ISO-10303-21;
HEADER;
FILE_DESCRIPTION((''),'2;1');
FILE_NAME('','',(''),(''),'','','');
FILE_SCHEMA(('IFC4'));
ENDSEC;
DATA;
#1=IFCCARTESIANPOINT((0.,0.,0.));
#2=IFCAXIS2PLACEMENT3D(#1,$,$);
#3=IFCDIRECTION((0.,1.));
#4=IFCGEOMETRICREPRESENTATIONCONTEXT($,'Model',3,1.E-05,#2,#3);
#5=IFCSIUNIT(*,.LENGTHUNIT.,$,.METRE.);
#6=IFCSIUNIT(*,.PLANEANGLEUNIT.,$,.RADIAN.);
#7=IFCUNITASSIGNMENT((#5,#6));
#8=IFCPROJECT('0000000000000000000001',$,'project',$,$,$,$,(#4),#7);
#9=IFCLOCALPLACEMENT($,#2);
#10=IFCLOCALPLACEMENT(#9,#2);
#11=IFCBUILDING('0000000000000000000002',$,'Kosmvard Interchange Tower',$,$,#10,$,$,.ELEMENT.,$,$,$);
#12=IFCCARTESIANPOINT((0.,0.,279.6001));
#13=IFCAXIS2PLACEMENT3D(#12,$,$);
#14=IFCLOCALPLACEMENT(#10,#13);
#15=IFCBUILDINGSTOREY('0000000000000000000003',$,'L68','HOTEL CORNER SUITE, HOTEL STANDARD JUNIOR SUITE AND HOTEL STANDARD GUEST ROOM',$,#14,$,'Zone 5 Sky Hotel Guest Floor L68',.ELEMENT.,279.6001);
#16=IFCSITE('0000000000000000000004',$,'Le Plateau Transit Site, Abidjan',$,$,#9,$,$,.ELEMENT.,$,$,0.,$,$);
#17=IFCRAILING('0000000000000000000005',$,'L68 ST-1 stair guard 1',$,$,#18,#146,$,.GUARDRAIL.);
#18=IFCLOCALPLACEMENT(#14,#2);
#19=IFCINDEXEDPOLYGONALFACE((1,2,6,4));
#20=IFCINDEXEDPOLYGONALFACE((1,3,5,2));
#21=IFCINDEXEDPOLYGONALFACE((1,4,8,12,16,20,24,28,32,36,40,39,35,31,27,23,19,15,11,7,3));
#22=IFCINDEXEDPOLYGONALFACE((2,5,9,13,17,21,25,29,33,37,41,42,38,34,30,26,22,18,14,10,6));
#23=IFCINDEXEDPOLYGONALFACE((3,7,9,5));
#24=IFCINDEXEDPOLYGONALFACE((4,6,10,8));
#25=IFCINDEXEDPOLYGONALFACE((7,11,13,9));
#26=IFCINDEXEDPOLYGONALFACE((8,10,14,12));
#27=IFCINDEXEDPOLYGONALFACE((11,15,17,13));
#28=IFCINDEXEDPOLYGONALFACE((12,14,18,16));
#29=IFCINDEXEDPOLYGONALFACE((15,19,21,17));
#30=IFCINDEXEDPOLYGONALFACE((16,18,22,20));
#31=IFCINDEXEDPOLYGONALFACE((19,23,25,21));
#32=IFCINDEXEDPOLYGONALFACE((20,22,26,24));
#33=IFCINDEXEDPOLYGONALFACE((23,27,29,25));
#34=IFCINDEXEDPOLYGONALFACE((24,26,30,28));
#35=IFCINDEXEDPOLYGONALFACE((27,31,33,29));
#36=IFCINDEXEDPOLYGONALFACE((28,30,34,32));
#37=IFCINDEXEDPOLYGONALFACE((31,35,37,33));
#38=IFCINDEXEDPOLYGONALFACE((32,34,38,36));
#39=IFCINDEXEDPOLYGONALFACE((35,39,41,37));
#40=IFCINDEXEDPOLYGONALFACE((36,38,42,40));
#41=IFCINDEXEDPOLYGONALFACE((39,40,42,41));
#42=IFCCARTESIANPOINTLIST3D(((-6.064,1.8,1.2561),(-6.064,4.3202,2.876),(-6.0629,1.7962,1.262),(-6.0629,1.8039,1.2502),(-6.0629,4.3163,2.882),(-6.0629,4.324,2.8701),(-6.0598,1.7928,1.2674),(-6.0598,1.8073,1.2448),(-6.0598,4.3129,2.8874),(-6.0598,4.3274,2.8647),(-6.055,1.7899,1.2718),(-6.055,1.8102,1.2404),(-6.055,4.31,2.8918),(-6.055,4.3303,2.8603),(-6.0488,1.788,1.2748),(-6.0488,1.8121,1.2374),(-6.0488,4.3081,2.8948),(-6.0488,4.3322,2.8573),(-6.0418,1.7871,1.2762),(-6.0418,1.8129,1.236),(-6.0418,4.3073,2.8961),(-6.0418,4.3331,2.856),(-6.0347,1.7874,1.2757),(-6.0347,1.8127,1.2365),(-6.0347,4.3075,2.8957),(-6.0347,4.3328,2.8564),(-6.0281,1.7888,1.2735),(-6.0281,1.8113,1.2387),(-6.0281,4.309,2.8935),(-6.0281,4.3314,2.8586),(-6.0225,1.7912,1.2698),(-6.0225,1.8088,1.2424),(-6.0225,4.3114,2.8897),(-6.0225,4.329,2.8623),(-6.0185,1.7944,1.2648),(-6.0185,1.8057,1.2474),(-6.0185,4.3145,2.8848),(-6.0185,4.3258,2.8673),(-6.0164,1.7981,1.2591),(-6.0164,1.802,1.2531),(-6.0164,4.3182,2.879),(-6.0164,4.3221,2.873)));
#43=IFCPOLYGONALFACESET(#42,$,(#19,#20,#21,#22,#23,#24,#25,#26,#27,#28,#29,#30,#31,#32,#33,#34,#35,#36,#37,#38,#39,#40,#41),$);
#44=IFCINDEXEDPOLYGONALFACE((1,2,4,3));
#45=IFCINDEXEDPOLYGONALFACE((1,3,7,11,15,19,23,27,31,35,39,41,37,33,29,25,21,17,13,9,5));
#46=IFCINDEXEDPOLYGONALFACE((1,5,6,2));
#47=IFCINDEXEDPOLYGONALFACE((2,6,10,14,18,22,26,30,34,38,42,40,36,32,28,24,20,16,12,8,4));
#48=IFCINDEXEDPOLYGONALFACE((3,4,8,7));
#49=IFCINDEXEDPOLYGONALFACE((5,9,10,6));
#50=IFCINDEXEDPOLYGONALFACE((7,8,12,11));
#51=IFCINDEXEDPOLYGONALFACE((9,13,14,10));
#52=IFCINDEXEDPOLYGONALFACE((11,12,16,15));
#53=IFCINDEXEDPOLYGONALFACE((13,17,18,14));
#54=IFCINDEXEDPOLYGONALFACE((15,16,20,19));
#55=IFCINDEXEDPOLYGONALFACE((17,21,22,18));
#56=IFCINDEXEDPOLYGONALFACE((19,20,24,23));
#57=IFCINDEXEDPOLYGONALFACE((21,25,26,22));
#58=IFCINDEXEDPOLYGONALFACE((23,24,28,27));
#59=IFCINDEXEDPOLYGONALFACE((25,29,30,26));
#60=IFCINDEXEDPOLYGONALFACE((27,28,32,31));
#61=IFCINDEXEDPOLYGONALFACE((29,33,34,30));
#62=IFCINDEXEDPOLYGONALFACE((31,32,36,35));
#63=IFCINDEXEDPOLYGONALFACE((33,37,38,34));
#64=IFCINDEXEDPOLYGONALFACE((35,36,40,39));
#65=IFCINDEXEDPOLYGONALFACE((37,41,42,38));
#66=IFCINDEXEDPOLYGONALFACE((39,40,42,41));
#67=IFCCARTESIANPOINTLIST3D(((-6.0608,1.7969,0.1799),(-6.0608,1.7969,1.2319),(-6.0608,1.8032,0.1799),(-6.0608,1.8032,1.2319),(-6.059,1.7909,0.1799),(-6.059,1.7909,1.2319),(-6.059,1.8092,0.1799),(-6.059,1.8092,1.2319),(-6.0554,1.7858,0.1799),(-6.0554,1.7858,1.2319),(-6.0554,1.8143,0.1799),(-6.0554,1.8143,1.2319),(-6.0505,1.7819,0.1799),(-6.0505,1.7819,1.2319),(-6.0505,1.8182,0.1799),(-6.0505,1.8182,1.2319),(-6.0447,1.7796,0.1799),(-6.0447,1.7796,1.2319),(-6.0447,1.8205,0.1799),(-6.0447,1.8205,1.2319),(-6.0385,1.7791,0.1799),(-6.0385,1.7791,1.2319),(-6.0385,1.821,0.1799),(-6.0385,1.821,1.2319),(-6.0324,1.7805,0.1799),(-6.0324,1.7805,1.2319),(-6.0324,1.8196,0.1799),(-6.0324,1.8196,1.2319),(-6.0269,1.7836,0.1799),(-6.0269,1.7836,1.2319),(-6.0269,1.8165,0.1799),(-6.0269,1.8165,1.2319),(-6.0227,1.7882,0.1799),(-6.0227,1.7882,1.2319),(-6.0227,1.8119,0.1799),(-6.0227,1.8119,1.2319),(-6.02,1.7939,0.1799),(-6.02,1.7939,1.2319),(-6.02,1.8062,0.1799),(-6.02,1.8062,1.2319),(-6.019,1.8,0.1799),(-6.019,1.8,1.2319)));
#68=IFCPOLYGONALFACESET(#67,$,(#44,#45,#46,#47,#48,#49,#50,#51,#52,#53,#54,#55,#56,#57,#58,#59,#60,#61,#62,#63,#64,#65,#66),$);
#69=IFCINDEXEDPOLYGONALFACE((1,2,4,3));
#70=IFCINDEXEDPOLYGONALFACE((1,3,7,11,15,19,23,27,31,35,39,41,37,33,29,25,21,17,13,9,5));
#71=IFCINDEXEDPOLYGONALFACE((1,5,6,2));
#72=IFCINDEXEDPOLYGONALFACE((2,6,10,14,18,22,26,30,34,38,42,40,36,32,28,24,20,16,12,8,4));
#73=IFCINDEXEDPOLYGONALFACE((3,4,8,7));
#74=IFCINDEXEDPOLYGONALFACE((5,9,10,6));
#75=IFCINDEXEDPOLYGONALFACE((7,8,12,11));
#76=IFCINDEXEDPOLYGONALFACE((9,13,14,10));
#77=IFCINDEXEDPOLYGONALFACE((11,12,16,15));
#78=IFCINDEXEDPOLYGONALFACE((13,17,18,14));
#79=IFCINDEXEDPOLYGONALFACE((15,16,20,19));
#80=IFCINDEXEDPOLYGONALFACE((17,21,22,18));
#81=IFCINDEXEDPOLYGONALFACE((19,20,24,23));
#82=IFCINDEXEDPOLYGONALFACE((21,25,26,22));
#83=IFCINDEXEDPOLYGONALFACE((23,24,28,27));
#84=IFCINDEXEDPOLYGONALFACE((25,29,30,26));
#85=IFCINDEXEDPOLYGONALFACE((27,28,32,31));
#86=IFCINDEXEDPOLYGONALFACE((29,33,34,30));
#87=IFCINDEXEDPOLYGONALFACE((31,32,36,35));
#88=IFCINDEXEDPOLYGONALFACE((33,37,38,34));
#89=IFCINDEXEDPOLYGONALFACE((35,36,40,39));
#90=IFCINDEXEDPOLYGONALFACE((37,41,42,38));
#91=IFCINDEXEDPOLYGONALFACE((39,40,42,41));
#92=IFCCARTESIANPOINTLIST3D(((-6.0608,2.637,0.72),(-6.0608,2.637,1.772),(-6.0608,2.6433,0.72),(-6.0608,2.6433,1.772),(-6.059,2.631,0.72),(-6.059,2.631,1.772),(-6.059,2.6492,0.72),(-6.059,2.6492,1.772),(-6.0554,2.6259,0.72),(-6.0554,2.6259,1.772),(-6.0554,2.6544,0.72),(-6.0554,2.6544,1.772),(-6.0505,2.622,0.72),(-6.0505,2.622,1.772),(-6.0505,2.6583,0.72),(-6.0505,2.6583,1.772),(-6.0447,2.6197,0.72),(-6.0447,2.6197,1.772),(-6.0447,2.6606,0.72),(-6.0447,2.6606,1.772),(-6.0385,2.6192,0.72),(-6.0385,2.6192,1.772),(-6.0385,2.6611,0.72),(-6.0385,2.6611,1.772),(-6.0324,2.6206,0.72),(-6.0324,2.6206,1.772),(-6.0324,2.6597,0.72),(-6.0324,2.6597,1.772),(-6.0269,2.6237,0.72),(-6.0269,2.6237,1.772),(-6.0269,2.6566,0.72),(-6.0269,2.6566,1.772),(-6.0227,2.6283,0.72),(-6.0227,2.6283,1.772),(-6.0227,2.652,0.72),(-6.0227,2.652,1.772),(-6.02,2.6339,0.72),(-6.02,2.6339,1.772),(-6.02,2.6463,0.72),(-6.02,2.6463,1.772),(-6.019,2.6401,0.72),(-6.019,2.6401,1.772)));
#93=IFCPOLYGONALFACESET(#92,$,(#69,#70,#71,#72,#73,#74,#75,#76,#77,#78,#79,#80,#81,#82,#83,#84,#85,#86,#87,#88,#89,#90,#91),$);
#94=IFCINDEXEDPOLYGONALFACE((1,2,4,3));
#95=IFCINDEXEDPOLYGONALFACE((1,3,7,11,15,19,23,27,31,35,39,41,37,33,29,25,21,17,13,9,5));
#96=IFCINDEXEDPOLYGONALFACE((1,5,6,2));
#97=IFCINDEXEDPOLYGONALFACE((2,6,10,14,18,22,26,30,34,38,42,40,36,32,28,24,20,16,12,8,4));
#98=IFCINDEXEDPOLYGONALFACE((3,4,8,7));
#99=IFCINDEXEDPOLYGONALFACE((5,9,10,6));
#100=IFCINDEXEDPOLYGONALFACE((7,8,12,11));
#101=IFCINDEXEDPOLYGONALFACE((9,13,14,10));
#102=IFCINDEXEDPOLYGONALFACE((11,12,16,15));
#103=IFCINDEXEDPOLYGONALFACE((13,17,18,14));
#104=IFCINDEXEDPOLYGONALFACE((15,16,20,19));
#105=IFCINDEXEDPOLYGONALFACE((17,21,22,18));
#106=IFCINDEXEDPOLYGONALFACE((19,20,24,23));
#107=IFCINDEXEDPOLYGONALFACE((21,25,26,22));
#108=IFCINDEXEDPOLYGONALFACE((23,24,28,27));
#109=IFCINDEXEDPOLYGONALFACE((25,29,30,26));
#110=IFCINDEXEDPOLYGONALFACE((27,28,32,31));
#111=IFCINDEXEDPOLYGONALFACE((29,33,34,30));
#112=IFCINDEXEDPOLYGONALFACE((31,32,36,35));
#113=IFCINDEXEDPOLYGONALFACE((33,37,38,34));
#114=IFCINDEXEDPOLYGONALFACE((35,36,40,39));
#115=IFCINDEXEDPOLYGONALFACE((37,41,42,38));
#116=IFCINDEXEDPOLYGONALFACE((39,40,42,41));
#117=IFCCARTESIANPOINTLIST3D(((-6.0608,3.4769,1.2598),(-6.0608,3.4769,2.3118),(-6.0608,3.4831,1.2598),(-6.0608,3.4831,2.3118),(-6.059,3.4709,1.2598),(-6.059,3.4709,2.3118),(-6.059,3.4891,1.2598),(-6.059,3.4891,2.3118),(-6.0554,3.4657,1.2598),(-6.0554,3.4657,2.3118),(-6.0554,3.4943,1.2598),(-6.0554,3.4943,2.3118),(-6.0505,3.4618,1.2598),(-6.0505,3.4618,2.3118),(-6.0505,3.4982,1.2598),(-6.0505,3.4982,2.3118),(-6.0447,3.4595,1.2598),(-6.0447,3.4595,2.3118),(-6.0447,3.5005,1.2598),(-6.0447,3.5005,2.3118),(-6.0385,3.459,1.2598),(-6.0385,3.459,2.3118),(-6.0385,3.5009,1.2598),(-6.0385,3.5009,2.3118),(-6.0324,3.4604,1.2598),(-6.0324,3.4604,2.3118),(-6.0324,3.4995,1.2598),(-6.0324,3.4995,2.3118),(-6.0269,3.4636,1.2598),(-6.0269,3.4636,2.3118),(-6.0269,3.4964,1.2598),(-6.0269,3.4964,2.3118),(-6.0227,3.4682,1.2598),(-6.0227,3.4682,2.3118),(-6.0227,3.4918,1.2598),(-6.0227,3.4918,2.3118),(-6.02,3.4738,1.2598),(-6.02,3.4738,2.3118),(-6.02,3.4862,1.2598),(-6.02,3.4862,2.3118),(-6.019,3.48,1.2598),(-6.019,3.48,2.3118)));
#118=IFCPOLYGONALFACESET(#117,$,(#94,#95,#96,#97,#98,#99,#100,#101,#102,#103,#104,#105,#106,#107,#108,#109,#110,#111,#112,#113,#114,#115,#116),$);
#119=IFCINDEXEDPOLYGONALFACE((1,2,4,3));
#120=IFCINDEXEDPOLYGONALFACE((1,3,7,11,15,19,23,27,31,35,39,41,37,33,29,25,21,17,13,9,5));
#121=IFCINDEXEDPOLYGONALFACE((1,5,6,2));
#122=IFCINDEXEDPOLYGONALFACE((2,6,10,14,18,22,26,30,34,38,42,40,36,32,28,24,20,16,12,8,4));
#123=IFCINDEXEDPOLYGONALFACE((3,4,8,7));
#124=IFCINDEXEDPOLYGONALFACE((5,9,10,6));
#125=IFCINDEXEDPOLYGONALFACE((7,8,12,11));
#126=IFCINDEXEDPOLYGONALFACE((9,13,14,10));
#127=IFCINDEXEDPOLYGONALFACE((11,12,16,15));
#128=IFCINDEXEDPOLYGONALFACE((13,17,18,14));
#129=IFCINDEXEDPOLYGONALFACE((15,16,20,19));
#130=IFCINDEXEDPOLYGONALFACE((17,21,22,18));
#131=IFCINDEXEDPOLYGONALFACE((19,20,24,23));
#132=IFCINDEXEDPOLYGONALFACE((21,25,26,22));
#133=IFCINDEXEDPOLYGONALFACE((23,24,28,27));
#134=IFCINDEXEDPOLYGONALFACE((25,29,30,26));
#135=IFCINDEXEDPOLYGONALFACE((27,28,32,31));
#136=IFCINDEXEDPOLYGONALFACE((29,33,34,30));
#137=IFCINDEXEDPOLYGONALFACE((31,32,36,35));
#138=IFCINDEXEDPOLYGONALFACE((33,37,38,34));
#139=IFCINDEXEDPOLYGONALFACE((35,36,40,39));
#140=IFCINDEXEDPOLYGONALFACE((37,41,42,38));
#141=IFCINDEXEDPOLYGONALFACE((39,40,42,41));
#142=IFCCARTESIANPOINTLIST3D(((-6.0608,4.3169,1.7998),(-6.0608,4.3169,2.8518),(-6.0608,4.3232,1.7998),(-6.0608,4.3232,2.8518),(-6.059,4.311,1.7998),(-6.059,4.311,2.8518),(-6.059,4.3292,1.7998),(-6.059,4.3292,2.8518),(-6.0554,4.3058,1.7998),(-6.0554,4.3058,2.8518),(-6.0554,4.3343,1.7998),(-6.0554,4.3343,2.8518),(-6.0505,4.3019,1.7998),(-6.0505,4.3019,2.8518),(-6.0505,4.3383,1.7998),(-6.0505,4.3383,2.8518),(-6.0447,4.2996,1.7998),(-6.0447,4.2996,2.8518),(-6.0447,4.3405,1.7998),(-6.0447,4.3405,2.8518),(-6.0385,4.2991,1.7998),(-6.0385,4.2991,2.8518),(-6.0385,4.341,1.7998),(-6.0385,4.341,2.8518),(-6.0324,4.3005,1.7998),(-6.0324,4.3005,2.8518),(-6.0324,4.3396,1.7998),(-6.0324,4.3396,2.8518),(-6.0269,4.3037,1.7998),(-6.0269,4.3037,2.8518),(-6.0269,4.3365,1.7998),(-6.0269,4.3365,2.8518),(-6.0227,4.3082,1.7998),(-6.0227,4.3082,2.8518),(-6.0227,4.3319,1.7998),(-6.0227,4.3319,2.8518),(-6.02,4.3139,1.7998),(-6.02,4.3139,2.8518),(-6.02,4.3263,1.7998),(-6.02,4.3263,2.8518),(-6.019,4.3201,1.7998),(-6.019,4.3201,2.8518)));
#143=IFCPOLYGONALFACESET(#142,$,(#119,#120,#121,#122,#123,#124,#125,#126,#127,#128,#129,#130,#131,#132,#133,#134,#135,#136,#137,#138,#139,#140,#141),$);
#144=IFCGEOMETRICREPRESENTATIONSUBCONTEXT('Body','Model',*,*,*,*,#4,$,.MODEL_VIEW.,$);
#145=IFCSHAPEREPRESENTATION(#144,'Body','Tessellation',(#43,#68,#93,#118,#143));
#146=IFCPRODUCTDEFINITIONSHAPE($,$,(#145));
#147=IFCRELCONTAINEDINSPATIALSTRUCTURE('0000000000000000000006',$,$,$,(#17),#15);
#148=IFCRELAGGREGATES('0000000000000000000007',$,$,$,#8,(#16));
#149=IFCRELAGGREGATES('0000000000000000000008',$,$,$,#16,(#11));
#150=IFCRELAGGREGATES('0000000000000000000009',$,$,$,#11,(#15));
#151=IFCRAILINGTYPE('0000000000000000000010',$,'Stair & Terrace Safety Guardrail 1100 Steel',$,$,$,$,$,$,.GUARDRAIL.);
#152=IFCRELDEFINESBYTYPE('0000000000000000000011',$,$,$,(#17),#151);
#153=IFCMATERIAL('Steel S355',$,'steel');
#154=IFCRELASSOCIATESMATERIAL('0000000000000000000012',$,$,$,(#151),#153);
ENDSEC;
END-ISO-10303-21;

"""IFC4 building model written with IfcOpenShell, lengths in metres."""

from ifc_helpers import new_model, si_unit, direction, frame, origin, origin_2d, place, context, subcontext, project, spatial, circle, extrude, source, transform, mapped, material, type_object, element, save


model = new_model("IFC4")

# Units and contexts
model_context = context("Model", 3, precision=1e-05, world=origin(), true_north=direction((0.0, 1.0)))
body_context = subcontext(model_context, "Body", "Model", "MODEL_VIEW")
ifc_project = project(units=[si_unit("LENGTHUNIT", "METRE"), si_unit("PLANEANGLEUNIT", "RADIAN")], contexts=[model_context])

# Site, building, storey
site_placement = place(None, origin())
site = spatial("IfcSite", under=ifc_project, at=site_placement, Name="Le Plateau Transit Site, Abidjan", CompositionType="ELEMENT", RefElevation=0.0)
building_placement = place(site_placement, origin())
building = spatial("IfcBuilding", under=site, at=building_placement, Name="Kosmvard Interchange Tower", CompositionType="ELEMENT")
storey_placement = place(building_placement, frame((0.0, 0.0, 279.6001)))
storey = spatial("IfcBuildingStorey", under=building, at=storey_placement, Name="L68", Description="HOTEL CORNER SUITE, HOTEL STANDARD JUNIOR SUITE AND HOTEL STANDARD GUEST ROOM", LongName="Zone 5 Sky Hotel Guest Floor L68", CompositionType="ELEMENT", Elevation=279.6001)

# Shared definitions
ifc_material_1 = material(Name="Steel S355", Category="steel")

# Railing
railing_type_1 = type_object("IfcRailingType", Name="Stair & Terrace Safety Guardrail 1100 Steel", PredefinedType="GUARDRAIL", material=ifc_material_1)
shared_shape_1 = source(origin(), body_context, "Body", "SweptSolid", [
    extrude(circle(Radius=0.0239, at=origin_2d()), frame((0.0, 0.0, 1.0762), z_axis=(0.0, 0.8412, 0.540725), x_axis=(-1.0, 0.0, 0.0)), (0.0, 0.0, 1.0), 2.9958),
    extrude(circle(Radius=0.021, at=origin_2d()), origin(), (0.0, 0.0, 1.0), 1.052),
    extrude(circle(Radius=0.021, at=origin_2d()), frame((0.0, 0.8401, 0.54)), (0.0, 0.0, 1.0), 1.052),
    extrude(circle(Radius=0.021, at=origin_2d()), frame((0.0, 1.6799, 1.0798)), (0.0, 0.0, 1.0), 1.052),
    extrude(circle(Radius=0.021, at=origin_2d()), frame((0.0, 2.52, 1.6199)), (0.0, 0.0, 1.0), 1.052),
])
railing_1_placement = place(storey_placement, frame((-6.04, 1.8, 0.1799)))
element("IfcRailing", 1, at=railing_1_placement, inside=storey, type_object=railing_type_1, Name="L68 ST-1 stair guard 1", PredefinedType="GUARDRAIL", context=body_context, shape_type="MappedRepresentation", body=[
    mapped(shared_shape_1, transform((0.0, 0.0, 0.0), scale=1.0)),
])

save(model, "model.ifc")
